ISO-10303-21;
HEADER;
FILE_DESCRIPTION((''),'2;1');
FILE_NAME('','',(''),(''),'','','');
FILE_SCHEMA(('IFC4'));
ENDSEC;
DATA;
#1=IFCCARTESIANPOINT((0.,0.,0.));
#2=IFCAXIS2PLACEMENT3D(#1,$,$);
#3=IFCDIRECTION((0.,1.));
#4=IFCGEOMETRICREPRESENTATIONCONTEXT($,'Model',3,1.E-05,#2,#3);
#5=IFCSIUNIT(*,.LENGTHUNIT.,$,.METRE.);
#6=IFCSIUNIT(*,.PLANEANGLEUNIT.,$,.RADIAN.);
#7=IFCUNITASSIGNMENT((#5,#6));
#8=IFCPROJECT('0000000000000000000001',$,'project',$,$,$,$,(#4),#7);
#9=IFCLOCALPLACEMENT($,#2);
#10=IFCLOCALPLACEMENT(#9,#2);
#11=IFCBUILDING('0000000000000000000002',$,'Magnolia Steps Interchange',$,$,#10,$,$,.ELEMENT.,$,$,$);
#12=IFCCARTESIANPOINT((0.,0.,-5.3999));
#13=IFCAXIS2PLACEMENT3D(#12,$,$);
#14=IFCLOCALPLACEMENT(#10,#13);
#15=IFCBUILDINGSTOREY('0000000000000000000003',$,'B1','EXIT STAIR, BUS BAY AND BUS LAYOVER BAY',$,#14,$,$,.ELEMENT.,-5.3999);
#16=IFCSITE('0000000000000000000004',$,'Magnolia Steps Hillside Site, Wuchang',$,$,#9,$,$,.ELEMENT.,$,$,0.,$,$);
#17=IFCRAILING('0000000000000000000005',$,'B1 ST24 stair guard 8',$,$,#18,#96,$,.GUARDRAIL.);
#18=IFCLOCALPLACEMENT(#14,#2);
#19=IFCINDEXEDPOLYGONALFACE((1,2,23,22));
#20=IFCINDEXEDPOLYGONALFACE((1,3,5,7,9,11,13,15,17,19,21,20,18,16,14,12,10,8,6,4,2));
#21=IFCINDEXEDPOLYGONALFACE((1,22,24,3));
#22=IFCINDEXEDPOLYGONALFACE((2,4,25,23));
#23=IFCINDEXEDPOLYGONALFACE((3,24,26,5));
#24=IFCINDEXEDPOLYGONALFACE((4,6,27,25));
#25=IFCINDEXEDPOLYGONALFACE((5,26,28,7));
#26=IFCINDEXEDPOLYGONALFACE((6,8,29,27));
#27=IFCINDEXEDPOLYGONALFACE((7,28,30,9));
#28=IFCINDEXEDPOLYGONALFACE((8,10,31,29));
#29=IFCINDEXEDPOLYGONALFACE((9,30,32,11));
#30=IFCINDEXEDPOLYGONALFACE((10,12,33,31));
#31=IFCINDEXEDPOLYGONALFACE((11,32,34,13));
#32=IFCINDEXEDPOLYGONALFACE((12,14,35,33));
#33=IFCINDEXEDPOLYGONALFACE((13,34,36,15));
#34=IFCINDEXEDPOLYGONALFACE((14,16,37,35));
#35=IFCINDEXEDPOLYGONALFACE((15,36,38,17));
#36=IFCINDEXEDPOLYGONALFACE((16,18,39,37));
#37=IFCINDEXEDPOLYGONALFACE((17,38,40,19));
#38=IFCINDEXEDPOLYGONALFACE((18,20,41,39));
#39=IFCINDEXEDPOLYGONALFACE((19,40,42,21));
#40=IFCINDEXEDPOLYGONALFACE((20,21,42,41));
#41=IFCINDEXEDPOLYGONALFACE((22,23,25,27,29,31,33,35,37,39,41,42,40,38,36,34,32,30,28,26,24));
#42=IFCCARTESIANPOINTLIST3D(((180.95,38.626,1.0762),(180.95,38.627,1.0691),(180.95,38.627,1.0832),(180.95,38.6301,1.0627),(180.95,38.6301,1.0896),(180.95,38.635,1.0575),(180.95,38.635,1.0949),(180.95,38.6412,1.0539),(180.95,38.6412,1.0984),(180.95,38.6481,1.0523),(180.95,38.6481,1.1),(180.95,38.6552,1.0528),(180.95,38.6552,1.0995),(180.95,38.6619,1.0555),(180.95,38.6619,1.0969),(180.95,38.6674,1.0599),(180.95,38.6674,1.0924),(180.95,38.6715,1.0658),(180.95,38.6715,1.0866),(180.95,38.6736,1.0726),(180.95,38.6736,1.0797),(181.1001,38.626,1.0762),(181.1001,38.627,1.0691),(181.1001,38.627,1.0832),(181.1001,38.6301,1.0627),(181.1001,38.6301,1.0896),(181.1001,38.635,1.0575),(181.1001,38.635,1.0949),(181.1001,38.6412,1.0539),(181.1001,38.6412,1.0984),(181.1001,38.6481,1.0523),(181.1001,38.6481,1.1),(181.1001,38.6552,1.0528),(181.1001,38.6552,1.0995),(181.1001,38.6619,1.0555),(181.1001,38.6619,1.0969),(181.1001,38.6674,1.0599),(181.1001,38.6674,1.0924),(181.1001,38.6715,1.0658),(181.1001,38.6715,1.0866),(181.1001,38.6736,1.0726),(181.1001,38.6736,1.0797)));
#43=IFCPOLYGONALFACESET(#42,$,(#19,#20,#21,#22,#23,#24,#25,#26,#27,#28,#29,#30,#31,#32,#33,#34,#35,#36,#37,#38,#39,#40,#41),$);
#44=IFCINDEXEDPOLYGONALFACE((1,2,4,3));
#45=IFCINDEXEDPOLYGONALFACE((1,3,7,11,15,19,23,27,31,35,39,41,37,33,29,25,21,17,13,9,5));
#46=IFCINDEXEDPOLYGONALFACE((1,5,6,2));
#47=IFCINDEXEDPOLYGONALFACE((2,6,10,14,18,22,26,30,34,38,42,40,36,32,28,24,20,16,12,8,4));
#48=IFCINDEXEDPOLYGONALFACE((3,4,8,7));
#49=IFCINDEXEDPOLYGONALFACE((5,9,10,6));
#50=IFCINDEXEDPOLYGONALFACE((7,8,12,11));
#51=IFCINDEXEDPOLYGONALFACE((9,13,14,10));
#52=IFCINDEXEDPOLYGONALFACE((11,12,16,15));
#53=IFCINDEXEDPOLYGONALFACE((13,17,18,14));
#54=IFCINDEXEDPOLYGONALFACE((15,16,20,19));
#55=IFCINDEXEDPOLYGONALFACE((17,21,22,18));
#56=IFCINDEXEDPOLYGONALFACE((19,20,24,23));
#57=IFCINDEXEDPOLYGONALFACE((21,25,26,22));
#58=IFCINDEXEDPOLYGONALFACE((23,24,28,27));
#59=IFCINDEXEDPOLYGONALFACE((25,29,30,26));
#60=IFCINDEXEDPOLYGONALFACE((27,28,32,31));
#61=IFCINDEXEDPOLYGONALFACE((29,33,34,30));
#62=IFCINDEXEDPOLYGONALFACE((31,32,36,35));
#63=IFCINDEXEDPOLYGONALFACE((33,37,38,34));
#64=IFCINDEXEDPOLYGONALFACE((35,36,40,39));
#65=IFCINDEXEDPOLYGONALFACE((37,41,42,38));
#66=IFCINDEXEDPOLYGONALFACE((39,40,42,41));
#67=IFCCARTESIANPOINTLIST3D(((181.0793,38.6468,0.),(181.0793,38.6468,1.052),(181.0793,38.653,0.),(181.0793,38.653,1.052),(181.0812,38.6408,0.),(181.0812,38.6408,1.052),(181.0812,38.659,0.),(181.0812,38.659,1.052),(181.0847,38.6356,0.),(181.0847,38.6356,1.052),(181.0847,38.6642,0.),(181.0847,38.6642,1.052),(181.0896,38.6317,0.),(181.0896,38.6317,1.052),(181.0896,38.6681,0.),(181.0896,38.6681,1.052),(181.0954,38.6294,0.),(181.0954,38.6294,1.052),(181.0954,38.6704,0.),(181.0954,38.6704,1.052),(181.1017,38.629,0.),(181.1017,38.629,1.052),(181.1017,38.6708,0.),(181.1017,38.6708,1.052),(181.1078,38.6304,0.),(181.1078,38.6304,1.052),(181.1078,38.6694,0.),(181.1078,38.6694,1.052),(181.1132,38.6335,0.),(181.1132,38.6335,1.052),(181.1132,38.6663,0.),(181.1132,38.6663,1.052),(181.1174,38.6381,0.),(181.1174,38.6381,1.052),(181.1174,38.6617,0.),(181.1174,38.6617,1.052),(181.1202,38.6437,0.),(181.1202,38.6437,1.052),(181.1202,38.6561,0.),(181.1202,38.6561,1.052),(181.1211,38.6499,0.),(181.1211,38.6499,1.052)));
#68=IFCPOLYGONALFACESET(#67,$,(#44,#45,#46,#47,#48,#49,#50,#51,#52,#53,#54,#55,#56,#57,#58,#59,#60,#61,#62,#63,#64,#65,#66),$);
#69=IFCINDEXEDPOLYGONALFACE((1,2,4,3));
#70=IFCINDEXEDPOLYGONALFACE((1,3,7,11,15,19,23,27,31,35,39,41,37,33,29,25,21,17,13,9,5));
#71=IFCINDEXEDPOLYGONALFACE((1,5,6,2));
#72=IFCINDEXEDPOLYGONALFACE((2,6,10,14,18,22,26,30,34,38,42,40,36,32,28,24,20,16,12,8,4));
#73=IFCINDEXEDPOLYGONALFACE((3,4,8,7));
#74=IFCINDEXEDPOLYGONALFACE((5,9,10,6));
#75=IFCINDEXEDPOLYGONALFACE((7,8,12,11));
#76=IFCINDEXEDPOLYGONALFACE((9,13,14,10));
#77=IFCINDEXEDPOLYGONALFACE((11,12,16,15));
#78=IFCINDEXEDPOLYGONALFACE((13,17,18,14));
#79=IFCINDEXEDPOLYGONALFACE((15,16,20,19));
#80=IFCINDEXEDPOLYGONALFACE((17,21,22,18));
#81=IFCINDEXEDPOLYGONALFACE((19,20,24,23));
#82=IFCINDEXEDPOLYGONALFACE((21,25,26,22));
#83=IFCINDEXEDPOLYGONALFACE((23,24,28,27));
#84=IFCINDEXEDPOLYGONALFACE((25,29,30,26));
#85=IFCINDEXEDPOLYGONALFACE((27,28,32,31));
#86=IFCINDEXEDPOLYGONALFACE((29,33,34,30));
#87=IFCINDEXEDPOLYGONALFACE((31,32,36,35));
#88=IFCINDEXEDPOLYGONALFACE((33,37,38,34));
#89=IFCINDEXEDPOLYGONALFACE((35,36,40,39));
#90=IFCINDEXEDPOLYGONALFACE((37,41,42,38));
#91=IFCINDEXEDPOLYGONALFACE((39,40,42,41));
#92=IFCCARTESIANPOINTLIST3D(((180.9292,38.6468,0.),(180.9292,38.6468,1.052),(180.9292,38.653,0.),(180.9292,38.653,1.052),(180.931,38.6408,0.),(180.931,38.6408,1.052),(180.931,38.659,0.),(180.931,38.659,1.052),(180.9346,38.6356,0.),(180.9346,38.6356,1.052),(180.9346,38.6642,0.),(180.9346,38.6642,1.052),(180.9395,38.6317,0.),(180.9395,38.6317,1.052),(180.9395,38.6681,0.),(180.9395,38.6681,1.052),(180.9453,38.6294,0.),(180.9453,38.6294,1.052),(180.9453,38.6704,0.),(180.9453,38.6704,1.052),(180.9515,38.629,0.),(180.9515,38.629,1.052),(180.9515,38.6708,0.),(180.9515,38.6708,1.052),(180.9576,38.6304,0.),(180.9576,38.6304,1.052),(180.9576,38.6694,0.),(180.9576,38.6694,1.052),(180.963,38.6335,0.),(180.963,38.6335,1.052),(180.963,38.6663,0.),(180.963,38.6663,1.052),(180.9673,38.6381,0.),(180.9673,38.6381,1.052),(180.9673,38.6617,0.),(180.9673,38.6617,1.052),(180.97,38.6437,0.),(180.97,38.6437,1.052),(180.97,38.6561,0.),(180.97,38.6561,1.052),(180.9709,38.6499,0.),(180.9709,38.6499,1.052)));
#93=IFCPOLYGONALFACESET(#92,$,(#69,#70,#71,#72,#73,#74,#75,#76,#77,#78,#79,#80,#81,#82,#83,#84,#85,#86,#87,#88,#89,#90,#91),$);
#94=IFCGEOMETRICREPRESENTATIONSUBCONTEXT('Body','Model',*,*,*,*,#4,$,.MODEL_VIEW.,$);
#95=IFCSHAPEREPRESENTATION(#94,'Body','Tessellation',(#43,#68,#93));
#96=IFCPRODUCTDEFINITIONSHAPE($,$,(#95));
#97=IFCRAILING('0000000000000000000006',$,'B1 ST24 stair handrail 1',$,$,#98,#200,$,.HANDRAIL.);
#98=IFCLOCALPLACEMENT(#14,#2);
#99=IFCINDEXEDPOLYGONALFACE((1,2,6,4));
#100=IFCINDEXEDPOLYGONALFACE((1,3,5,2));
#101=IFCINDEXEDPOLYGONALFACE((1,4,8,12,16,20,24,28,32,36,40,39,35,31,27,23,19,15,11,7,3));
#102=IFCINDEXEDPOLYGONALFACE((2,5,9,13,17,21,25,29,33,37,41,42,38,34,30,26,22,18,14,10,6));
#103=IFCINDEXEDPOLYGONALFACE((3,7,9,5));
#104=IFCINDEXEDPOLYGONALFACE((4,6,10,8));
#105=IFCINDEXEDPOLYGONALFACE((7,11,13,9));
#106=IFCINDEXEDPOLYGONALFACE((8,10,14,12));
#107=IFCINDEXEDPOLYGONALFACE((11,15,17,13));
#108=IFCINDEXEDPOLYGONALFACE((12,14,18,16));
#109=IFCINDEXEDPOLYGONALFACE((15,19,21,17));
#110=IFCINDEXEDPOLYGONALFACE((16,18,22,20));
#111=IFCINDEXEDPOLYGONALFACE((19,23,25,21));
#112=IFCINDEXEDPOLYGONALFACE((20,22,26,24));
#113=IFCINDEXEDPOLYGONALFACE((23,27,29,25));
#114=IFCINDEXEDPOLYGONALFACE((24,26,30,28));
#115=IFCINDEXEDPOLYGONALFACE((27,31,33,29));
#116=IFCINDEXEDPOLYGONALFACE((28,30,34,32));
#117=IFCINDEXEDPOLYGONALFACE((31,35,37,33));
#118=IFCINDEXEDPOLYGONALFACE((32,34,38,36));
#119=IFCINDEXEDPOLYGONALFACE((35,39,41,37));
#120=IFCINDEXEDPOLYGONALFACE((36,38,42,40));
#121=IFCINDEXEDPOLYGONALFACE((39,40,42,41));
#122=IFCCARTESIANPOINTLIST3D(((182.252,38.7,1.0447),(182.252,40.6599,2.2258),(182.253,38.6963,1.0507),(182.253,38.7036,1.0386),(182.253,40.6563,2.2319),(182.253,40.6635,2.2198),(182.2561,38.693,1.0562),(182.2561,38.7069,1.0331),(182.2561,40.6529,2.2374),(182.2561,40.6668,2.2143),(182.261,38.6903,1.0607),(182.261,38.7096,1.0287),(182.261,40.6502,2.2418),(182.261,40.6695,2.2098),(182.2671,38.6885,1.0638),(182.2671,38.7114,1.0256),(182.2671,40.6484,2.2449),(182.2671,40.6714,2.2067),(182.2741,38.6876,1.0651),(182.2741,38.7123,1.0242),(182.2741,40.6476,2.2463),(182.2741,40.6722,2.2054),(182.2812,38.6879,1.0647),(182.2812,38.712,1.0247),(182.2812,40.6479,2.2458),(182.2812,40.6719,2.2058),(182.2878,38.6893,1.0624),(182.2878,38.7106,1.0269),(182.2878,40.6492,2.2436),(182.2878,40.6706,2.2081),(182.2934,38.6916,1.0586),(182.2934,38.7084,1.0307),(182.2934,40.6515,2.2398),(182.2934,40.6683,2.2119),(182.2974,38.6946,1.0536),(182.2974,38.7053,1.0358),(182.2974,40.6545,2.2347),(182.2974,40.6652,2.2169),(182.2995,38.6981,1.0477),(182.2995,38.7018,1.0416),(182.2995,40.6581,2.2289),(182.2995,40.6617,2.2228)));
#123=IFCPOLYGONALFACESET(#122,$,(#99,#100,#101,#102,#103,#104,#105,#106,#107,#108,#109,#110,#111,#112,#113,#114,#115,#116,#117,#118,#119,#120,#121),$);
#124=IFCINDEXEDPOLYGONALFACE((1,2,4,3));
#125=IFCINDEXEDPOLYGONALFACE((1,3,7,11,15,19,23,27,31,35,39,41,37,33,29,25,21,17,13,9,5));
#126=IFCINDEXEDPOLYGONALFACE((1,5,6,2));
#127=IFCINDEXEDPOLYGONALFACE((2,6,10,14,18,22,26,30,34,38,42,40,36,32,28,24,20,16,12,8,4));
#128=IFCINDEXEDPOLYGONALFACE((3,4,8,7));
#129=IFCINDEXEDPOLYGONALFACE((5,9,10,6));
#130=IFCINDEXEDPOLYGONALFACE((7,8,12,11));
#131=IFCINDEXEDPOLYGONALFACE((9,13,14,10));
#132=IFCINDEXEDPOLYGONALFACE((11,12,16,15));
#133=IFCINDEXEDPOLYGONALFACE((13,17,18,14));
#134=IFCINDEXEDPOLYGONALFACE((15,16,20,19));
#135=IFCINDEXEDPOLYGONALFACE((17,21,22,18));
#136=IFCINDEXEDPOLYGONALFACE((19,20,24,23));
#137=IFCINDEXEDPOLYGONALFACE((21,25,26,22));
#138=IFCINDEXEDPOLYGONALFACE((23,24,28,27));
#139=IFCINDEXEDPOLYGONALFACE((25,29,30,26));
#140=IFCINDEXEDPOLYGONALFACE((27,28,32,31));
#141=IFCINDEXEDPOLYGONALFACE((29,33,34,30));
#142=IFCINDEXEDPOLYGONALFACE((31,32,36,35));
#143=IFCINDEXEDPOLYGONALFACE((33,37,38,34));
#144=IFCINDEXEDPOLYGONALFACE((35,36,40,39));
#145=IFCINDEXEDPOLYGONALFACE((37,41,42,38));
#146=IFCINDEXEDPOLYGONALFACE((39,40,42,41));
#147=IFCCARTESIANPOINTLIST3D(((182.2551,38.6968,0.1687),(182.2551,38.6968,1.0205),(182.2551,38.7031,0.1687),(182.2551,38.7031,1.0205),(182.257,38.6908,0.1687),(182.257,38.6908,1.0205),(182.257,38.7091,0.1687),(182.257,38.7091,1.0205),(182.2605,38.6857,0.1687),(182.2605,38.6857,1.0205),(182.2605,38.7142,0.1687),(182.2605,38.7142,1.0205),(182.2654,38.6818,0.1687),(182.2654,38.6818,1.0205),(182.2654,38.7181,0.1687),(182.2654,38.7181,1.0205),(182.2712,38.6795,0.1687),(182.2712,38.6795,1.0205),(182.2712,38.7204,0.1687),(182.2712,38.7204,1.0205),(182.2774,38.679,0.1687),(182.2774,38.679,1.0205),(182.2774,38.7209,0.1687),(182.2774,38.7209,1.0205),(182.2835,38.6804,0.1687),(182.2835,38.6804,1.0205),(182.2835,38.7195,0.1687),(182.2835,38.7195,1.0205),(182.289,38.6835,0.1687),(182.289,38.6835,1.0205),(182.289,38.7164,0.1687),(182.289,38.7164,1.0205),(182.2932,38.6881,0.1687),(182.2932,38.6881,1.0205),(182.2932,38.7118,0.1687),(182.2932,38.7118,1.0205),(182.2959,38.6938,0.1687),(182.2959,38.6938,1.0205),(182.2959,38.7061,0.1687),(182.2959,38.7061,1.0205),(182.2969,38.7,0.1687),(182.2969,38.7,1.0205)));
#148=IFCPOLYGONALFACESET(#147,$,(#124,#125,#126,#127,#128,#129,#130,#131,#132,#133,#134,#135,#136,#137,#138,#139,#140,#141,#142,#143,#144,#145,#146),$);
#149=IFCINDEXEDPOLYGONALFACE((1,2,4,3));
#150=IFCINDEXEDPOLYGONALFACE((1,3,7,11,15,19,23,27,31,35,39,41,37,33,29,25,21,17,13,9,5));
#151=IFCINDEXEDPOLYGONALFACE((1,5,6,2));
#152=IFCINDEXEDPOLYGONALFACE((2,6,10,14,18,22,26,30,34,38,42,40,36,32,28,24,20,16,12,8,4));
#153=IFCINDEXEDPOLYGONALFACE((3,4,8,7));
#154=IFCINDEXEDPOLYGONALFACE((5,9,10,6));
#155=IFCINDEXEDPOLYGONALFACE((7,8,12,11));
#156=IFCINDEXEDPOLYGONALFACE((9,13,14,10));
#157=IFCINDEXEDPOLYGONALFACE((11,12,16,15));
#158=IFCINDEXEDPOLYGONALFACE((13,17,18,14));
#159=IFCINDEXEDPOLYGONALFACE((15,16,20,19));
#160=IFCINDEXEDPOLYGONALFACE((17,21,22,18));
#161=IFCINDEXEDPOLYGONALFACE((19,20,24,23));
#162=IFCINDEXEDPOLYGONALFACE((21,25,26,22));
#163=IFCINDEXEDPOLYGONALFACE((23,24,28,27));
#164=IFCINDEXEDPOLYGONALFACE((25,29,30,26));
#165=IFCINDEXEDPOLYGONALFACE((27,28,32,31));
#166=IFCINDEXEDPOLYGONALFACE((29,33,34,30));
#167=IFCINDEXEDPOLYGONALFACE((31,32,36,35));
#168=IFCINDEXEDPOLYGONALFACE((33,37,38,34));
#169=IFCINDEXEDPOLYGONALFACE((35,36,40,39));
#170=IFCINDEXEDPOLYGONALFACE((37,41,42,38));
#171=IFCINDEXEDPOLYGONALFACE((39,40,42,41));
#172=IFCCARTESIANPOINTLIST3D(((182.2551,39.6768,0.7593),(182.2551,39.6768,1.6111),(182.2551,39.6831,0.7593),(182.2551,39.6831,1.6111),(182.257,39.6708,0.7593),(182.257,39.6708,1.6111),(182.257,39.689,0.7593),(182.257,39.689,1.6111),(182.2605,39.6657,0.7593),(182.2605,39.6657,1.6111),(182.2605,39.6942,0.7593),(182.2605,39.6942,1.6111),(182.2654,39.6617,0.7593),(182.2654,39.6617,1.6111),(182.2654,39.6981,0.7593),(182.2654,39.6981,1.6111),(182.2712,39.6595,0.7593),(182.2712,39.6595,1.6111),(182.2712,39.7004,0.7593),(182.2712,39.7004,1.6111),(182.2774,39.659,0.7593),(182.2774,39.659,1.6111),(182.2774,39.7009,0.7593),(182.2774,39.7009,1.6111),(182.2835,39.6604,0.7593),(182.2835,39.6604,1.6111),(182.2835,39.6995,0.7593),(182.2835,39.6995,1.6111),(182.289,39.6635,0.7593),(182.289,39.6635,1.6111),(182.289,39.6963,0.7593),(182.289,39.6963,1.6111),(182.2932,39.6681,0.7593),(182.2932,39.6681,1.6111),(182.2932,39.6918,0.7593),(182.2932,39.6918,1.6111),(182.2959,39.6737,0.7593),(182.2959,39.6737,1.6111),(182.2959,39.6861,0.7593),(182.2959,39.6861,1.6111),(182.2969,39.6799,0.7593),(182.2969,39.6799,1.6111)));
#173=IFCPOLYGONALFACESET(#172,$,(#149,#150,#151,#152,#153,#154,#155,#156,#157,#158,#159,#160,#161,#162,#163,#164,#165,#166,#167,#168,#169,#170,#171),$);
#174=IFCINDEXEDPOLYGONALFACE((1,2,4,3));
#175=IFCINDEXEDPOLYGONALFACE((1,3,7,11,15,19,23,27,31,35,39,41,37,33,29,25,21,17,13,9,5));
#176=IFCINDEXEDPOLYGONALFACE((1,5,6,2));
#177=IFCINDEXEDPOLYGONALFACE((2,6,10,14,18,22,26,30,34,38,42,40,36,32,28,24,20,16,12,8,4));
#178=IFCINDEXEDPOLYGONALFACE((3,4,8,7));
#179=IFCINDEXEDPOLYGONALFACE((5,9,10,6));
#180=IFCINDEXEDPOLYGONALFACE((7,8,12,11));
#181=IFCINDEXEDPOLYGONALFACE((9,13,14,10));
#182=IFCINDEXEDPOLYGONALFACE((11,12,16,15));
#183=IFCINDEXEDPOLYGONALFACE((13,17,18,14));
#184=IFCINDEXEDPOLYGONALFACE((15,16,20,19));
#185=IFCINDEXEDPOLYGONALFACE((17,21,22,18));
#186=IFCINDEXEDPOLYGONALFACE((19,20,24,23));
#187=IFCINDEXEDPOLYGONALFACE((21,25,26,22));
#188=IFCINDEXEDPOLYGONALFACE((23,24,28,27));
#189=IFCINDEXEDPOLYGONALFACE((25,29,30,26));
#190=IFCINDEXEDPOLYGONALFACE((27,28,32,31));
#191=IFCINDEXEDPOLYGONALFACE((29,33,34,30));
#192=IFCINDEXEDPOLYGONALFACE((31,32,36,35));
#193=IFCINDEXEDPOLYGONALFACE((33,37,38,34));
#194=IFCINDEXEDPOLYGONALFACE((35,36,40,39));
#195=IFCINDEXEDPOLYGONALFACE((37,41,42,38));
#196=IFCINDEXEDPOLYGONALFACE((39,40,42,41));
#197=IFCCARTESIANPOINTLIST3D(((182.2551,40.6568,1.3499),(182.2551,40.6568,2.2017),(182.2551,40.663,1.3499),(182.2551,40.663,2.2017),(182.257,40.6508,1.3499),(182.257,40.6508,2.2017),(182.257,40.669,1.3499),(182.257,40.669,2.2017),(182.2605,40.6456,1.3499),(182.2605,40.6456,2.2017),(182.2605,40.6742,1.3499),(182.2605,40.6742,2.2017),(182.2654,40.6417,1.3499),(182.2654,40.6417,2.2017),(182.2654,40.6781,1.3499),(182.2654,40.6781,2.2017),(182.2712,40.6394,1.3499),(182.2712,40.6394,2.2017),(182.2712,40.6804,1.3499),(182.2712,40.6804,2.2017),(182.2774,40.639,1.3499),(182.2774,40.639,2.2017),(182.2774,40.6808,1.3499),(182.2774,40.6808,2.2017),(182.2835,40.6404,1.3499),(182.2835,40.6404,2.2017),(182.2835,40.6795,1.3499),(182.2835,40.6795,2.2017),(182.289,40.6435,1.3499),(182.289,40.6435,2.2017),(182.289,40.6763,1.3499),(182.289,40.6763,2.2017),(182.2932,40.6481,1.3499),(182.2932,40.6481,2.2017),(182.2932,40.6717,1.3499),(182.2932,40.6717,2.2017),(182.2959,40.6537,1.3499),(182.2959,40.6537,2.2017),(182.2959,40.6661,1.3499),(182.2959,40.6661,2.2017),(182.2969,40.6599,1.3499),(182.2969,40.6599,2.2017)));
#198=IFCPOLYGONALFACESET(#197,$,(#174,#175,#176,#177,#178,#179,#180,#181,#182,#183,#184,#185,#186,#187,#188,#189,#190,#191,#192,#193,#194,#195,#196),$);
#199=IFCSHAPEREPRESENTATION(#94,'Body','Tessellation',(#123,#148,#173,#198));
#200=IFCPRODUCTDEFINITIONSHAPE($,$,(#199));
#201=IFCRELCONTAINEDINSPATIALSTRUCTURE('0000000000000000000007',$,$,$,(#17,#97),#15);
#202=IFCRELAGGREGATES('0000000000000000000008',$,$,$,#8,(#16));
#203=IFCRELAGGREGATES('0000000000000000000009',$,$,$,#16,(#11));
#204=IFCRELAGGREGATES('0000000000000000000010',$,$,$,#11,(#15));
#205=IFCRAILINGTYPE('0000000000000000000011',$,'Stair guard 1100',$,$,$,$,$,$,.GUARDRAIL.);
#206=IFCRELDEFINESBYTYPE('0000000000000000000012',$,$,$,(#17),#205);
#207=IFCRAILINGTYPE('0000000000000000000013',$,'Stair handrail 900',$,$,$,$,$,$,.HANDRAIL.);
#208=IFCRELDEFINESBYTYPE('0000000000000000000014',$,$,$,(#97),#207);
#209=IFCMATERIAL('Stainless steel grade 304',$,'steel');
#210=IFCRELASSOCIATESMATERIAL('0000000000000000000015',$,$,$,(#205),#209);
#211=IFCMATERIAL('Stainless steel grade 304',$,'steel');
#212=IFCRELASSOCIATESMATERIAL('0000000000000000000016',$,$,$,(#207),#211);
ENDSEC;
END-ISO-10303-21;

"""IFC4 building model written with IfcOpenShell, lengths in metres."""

from ifc_helpers import new_model, si_unit, direction, frame, origin, origin_2d, place, context, subcontext, project, spatial, circle, extrude, material, type_object, element, save


model = new_model("IFC4")

# Units and contexts
model_context = context("Model", 3, precision=1e-05, world=origin(), true_north=direction((0.0, 1.0)))
body_context = subcontext(model_context, "Body", "Model", "MODEL_VIEW")
ifc_project = project(units=[si_unit("LENGTHUNIT", "METRE"), si_unit("PLANEANGLEUNIT", "RADIAN")], contexts=[model_context])

# Site, building, storey
site_placement = place(None, origin())
site = spatial("IfcSite", under=ifc_project, at=site_placement, Name="Magnolia Steps Hillside Site, Wuchang", CompositionType="ELEMENT", RefElevation=0.0)
building_placement = place(site_placement, origin())
building = spatial("IfcBuilding", under=site, at=building_placement, Name="Magnolia Steps Interchange", CompositionType="ELEMENT")
storey_placement = place(building_placement, frame((0.0, 0.0, -5.3999)))
storey = spatial("IfcBuildingStorey", under=building, at=storey_placement, Name="B1", Description="EXIT STAIR, BUS BAY AND BUS LAYOVER BAY", CompositionType="ELEMENT", Elevation=-5.3999)

# Railings
ifc_material_1 = material(Name="Stainless steel grade 304", Category="steel")
railing_type_1 = type_object("IfcRailingType", Name="Stair guard 1100", PredefinedType="GUARDRAIL", material=ifc_material_1)
railing_1_placement = place(storey_placement, frame((181.1001, 38.6499, 0.0)))
element("IfcRailing", 1, at=railing_1_placement, inside=storey, type_object=railing_type_1, Name="B1 ST24 stair guard 8", PredefinedType="GUARDRAIL", context=body_context, shape_type="SweptSolid", body=[
    extrude(circle(Radius=0.0239, at=origin_2d()), frame((0.0, 0.0, 1.0762), z_axis=(-1.0, 0.0, 0.0), x_axis=(0.0, -1.0, 0.0)), (0.0, 0.0, 1.0), 0.1501),
    extrude(circle(Radius=0.021, at=origin_2d()), origin(), (0.0, 0.0, 1.0), 1.052),
    extrude(circle(Radius=0.021, at=origin_2d()), frame((-0.1501, 0.0, 0.0)), (0.0, 0.0, 1.0), 1.052),
])
ifc_material_2 = material(Name="Stainless steel grade 304", Category="steel")
railing_type_2 = type_object("IfcRailingType", Name="Stair handrail 900", PredefinedType="HANDRAIL", material=ifc_material_2)
railing_2_placement = place(storey_placement, frame((182.2759, 38.7, 0.1687)))
element("IfcRailing", 2, at=railing_2_placement, inside=storey, type_object=railing_type_2, Name="B1 ST24 stair handrail 1", PredefinedType="HANDRAIL", context=body_context, shape_type="SweptSolid", body=[
    extrude(circle(Radius=0.0239, at=origin_2d()), frame((0.0, 0.0, 0.876), z_axis=(0.0, 0.856493, 0.516158), x_axis=(-1.0, 0.0, 0.0)), (0.0, 0.0, 1.0), 2.2883),
    extrude(circle(Radius=0.021, at=origin_2d()), origin(), (0.0, 0.0, 1.0), 0.8518),
    extrude(circle(Radius=0.021, at=origin_2d()), frame((0.0, 0.98, 0.5906)), (0.0, 0.0, 1.0), 0.8518),
    extrude(circle(Radius=0.021, at=origin_2d()), frame((0.0, 1.96, 1.1812)), (0.0, 0.0, 1.0), 0.8518),
])

save(model, "model.ifc")
